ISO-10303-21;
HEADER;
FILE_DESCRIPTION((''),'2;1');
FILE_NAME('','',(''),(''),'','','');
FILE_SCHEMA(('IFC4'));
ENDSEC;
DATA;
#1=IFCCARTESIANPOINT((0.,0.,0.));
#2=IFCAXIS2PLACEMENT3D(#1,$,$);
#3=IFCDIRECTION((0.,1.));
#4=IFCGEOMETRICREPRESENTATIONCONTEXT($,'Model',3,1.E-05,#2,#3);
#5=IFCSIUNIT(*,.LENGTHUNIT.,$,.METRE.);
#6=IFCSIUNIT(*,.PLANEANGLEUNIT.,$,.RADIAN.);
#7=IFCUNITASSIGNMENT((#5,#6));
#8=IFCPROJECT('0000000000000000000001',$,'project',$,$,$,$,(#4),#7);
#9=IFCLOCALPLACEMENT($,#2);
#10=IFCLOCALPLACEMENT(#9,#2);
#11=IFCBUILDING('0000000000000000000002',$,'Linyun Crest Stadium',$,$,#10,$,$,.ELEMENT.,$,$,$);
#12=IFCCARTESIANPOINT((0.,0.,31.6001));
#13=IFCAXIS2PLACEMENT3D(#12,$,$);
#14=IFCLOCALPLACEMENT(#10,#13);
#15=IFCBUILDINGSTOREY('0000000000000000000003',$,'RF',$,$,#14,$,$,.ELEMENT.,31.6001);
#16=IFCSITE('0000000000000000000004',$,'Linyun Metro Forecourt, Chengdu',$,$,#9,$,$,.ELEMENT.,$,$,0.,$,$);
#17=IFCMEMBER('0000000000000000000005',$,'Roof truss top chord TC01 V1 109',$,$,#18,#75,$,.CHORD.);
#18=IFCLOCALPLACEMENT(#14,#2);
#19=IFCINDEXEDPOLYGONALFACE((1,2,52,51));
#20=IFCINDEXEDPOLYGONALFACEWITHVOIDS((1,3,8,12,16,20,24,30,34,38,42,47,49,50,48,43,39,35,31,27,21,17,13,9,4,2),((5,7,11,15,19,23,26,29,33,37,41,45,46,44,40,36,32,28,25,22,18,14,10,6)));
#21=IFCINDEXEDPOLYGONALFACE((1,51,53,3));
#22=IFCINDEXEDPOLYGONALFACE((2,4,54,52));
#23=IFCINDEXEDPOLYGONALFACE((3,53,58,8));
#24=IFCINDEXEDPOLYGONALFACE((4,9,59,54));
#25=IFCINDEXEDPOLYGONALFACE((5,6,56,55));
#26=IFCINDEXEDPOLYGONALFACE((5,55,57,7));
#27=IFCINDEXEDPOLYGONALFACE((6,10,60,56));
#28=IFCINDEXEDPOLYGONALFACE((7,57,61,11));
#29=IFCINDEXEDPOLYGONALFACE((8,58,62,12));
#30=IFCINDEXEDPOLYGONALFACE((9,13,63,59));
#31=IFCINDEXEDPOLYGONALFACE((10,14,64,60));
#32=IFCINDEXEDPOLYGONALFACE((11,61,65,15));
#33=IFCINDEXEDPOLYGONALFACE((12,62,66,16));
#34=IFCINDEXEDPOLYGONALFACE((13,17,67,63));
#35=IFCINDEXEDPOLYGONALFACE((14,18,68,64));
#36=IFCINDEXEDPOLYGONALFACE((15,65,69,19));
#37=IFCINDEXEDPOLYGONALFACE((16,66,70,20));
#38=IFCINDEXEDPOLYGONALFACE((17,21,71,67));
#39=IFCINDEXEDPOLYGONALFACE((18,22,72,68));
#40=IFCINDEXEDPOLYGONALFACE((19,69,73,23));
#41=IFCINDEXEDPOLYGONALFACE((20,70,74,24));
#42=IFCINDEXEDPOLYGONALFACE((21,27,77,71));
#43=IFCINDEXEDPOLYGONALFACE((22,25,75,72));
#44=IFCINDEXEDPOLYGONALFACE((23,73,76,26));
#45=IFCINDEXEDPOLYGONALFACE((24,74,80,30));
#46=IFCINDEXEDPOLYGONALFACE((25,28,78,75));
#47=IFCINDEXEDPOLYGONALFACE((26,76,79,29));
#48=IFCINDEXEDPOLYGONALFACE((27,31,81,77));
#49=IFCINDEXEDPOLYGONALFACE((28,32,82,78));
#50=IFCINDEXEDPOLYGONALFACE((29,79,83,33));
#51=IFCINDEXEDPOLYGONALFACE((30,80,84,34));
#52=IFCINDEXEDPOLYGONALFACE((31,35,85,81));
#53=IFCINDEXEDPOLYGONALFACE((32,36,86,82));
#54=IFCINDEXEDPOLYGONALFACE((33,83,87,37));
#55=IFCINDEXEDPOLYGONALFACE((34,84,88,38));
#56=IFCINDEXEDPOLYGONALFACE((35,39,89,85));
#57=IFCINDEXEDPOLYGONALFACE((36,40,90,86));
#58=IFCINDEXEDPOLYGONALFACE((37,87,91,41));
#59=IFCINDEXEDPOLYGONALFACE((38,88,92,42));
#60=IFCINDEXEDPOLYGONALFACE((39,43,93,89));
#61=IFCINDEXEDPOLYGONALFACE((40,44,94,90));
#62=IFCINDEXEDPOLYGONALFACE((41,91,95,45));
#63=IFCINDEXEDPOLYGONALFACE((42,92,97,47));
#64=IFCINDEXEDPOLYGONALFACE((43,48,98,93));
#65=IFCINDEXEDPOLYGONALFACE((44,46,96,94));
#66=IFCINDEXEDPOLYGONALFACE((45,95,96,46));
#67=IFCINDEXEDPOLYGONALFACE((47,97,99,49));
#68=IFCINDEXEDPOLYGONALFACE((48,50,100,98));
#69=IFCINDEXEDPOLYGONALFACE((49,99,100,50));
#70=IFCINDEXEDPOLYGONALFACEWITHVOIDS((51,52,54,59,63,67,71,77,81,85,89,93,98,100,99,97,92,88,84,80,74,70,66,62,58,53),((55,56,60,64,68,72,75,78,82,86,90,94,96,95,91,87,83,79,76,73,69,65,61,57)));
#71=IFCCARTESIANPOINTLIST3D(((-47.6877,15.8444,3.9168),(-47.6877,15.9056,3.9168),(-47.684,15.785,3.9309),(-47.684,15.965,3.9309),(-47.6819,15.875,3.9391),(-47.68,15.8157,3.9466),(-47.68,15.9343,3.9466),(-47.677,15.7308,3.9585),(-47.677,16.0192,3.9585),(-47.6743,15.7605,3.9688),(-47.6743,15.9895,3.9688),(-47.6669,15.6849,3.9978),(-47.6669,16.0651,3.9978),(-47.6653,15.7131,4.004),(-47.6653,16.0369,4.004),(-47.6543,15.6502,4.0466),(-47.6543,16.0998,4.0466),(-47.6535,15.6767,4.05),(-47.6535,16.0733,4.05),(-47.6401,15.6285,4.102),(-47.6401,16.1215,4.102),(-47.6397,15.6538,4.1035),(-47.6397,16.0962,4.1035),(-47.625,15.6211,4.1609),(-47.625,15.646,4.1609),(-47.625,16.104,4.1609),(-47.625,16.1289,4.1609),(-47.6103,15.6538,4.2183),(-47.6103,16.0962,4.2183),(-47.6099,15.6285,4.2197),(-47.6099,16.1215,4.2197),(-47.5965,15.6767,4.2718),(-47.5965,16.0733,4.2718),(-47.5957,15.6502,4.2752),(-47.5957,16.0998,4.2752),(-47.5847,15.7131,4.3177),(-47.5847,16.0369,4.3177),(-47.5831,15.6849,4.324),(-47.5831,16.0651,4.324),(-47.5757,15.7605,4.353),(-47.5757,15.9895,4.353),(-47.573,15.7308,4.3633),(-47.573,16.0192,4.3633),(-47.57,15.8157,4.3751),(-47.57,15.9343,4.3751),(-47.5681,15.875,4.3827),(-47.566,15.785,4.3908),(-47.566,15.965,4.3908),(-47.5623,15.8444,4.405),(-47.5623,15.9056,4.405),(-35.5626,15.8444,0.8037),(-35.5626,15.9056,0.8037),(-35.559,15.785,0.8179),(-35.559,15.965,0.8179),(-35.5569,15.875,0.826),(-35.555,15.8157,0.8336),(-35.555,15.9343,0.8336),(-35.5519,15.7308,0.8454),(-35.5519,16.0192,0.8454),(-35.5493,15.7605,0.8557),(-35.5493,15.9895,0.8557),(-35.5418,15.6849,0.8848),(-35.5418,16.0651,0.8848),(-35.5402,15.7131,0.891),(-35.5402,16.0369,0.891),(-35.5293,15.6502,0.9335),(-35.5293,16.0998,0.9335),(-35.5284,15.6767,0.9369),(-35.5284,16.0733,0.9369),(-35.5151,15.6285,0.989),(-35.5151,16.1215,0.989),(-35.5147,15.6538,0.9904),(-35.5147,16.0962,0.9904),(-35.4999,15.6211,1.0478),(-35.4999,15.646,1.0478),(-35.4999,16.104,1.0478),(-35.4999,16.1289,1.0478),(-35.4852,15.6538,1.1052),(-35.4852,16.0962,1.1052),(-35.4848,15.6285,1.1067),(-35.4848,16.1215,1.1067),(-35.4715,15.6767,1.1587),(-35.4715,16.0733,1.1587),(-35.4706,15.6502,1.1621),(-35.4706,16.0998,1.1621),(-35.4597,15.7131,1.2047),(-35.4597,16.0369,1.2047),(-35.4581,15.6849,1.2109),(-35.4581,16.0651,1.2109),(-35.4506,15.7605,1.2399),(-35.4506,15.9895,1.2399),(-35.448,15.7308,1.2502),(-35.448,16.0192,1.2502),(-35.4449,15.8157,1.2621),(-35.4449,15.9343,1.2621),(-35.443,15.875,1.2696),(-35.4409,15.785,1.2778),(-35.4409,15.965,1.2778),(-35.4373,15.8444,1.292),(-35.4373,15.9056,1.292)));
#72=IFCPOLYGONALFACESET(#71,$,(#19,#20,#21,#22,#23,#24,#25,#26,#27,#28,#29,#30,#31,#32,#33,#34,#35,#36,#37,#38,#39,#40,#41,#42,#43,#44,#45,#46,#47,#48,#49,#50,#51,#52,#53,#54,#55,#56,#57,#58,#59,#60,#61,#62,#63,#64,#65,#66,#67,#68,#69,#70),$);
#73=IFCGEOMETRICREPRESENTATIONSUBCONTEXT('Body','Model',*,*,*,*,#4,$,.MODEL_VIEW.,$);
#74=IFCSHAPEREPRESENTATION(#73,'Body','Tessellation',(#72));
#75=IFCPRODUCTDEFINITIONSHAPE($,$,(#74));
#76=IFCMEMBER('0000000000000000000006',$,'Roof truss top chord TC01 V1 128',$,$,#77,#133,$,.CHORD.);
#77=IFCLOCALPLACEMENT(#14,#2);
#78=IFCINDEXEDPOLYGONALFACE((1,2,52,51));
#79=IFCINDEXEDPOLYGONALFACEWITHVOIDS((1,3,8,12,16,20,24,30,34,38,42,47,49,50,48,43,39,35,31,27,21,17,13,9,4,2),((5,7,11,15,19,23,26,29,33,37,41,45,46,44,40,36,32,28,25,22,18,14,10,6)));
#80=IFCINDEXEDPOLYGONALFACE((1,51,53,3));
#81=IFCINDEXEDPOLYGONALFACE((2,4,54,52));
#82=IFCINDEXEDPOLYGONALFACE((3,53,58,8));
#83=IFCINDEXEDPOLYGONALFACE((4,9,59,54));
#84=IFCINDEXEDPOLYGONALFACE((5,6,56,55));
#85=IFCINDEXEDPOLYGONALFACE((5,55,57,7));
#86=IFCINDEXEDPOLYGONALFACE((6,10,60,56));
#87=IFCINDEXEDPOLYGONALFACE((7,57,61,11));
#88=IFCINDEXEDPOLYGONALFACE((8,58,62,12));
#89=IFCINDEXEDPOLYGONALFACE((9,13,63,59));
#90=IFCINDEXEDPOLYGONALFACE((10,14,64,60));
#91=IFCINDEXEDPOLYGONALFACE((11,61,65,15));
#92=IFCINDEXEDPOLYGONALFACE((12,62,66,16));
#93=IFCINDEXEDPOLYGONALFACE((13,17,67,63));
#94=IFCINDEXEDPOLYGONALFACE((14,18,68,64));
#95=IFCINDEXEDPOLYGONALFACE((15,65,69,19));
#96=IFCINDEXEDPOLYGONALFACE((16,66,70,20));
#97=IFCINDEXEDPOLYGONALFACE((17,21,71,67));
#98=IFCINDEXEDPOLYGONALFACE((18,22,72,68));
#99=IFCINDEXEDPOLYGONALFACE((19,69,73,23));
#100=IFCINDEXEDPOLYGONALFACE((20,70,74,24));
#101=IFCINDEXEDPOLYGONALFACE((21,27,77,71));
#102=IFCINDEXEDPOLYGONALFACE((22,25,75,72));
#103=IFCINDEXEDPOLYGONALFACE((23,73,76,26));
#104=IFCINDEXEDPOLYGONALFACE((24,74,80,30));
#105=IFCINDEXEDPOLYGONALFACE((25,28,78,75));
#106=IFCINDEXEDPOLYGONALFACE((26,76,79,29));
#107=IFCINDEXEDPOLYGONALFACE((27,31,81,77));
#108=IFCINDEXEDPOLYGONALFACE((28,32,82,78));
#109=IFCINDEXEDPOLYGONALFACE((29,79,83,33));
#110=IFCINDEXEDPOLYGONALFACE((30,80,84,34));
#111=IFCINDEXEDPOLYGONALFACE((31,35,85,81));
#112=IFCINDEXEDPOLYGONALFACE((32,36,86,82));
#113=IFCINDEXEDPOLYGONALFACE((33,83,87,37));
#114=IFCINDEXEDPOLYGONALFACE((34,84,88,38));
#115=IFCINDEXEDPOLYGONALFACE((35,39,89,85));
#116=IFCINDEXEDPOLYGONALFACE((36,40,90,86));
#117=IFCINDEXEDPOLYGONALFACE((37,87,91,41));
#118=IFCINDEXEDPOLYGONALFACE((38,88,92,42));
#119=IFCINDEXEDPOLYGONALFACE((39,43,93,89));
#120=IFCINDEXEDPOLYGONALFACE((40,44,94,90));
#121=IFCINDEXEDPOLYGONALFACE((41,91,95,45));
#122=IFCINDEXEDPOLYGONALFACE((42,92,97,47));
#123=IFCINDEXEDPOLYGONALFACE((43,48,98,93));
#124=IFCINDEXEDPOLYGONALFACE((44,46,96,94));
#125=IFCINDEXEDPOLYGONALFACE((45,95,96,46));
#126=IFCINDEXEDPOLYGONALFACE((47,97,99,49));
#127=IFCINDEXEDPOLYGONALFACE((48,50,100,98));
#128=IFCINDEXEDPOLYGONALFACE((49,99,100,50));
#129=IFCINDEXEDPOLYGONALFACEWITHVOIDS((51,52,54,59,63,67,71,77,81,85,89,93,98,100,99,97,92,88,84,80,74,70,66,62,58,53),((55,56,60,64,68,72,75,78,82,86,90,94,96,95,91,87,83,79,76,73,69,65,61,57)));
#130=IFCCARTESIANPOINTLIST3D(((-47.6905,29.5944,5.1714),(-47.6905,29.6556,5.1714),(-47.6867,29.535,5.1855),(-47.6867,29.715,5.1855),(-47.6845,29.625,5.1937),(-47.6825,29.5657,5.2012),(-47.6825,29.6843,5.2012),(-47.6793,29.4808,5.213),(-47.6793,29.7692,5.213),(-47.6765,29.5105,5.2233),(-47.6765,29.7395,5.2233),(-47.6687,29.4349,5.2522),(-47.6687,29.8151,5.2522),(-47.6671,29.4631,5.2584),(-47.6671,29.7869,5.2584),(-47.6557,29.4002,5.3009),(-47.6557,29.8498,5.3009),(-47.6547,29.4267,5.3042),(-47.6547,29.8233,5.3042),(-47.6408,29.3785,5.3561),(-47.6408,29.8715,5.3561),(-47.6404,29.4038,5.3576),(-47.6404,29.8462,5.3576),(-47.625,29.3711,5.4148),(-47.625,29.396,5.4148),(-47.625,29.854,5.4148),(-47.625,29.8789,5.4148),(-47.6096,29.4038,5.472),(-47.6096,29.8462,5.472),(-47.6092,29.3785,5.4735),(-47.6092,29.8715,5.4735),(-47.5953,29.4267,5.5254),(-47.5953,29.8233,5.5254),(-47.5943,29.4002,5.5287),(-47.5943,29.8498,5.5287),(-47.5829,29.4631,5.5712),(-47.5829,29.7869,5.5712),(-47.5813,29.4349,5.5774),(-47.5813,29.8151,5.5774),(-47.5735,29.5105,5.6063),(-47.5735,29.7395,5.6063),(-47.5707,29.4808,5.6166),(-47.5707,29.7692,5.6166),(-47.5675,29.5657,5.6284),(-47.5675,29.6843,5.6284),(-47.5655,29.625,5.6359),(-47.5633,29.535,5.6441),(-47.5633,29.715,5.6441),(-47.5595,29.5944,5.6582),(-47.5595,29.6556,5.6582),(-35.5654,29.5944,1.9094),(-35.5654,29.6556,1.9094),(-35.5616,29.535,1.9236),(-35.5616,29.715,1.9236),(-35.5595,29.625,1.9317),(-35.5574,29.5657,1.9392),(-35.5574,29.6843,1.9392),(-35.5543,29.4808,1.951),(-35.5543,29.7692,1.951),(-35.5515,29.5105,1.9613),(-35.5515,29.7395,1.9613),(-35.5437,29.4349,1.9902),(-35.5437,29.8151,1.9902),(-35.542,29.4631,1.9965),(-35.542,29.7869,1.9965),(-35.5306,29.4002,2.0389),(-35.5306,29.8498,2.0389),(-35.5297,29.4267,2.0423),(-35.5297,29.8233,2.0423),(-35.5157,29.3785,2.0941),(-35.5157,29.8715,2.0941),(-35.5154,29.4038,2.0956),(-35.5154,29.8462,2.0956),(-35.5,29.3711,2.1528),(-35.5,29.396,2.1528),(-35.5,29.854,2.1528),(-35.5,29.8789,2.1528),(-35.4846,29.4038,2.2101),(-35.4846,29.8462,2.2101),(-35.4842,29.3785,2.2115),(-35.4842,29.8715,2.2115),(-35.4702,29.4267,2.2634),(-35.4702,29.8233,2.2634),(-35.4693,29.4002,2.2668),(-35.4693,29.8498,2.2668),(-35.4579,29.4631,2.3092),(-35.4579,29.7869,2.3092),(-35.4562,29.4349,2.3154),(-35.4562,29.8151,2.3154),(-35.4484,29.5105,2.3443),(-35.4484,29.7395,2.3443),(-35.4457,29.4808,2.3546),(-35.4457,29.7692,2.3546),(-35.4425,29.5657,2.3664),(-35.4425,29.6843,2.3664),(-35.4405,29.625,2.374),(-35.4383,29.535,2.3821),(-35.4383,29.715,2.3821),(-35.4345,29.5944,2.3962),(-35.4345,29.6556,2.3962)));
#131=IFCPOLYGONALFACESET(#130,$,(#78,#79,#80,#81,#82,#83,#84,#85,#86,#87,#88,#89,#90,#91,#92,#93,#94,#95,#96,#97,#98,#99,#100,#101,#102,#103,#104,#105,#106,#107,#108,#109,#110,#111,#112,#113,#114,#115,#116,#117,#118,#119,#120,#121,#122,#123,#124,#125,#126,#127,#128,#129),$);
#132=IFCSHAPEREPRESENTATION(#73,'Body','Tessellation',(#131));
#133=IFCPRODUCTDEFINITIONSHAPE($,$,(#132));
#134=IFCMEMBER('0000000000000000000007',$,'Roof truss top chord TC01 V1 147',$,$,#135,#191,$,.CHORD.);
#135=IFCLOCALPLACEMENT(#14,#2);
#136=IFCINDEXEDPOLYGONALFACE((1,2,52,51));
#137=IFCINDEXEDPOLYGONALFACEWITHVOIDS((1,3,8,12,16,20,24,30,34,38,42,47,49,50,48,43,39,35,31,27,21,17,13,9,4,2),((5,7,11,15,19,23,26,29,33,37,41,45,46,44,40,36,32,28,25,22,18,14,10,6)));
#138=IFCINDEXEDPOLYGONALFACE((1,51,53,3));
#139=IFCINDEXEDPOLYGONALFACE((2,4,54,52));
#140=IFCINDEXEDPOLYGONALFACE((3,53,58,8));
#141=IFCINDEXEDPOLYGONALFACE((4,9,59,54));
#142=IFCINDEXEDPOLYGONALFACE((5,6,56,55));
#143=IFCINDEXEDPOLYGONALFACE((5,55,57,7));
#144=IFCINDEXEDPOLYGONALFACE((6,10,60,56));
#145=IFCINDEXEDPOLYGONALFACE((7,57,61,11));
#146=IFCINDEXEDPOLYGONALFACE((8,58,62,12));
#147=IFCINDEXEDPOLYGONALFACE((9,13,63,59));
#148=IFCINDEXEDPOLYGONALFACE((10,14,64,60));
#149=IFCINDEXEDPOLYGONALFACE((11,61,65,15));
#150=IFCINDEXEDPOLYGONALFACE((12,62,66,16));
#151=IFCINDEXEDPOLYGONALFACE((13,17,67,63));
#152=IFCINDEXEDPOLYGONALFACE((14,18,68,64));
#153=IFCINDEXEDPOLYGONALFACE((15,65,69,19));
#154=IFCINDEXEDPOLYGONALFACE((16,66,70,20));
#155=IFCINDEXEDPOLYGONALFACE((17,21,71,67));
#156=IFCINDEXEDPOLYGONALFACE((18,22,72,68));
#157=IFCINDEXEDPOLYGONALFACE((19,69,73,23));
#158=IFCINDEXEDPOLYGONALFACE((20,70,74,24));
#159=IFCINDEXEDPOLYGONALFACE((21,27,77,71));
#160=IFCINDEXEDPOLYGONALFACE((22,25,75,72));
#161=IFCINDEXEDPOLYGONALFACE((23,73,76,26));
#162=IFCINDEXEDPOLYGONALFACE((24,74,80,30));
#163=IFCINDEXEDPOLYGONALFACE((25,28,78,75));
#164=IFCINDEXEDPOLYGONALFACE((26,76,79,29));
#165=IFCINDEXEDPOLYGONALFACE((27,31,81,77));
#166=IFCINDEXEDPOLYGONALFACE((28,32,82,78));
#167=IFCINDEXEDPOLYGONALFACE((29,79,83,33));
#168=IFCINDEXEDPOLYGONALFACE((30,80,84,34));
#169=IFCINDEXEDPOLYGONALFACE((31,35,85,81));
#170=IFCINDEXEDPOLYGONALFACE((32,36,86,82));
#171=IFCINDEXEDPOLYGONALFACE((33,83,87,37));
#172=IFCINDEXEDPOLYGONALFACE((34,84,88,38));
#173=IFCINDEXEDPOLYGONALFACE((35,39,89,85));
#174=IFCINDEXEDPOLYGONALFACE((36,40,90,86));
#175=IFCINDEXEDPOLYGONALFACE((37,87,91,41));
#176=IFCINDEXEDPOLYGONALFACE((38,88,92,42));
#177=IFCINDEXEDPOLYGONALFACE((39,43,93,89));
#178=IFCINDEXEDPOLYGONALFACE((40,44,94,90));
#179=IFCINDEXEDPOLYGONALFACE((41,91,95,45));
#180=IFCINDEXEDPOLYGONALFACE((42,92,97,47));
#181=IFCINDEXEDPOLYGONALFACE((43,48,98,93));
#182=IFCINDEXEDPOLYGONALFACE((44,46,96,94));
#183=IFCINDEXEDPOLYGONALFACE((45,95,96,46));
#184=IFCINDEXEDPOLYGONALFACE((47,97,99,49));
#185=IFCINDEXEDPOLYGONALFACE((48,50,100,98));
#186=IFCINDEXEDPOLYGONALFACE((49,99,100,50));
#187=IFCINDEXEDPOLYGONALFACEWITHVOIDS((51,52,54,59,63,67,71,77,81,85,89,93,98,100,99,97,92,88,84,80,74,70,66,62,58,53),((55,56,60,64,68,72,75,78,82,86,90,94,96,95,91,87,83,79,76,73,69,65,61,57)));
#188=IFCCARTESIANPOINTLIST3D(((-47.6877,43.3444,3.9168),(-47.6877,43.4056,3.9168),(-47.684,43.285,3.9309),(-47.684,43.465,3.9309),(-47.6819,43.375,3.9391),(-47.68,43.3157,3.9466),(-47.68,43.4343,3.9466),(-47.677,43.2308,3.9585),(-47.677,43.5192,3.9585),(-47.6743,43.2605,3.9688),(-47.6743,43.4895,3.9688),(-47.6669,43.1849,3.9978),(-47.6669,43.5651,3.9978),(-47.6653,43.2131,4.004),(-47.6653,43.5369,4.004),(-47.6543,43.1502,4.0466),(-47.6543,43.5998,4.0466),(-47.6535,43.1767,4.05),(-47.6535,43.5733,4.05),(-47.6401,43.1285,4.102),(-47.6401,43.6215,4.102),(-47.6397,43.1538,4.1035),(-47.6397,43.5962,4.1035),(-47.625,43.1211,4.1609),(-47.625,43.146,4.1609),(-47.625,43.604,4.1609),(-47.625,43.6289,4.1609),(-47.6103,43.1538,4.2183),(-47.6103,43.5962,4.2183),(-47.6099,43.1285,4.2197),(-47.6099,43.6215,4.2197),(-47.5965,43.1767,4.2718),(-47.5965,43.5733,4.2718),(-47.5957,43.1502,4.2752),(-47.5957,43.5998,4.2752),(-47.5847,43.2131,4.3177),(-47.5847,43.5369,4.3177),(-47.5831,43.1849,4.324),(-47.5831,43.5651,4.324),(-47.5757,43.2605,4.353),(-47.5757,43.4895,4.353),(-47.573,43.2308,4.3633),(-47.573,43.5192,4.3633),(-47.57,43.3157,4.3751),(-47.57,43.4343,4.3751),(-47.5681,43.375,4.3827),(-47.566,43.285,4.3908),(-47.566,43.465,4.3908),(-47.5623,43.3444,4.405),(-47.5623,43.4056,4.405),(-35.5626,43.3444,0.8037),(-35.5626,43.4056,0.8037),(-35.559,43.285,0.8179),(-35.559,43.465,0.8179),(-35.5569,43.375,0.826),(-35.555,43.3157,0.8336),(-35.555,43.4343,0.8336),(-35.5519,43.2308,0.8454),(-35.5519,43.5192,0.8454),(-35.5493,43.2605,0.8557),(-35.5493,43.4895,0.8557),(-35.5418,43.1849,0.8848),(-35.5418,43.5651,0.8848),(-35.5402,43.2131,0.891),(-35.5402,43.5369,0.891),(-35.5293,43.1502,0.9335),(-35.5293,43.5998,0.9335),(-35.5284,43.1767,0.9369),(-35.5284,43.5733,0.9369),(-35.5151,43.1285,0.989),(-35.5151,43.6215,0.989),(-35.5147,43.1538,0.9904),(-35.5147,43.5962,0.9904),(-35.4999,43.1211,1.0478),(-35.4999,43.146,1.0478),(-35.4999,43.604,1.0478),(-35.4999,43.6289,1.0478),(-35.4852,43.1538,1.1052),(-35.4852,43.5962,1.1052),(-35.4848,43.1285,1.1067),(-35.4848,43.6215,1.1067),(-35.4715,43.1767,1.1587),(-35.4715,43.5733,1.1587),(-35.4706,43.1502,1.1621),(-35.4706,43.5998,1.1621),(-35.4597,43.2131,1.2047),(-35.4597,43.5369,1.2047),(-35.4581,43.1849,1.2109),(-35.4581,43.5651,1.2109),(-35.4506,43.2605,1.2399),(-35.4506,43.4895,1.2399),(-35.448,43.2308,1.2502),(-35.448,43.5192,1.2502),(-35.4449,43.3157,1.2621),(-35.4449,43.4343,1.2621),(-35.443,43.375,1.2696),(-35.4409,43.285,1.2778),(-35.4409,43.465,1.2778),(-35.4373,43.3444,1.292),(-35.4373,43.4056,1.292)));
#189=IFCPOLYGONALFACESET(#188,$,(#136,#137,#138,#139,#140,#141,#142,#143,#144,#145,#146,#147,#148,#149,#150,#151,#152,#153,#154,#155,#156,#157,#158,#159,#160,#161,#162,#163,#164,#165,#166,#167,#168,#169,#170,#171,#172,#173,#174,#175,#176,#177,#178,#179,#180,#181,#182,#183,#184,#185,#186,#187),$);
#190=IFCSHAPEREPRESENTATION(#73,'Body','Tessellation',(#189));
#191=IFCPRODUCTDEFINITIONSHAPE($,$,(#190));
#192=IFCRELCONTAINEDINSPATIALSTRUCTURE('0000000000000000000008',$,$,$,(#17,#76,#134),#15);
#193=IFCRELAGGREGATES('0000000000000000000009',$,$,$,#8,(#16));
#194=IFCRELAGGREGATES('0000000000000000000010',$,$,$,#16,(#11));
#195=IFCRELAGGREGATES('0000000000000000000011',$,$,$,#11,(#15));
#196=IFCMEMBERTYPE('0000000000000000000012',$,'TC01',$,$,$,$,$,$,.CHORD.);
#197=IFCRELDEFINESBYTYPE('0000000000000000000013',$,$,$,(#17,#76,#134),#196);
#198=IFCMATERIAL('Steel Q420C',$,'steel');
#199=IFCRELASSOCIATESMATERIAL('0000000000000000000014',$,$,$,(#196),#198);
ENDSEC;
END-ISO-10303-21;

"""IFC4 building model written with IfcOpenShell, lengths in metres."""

from ifc_helpers import new_model, si_unit, direction, frame, origin, origin_2d, place, context, subcontext, project, spatial, hollow_circle, extrude, material, material_profile, profile_set, type_object, element, save


model = new_model("IFC4")

# Units and contexts
model_context = context("Model", 3, precision=1e-05, world=origin(), true_north=direction((0.0, 1.0)))
body_context = subcontext(model_context, "Body", "Model", "MODEL_VIEW")
ifc_project = project(units=[si_unit("LENGTHUNIT", "METRE"), si_unit("PLANEANGLEUNIT", "RADIAN")], contexts=[model_context])

# Site, building, storey
site_placement = place(None, origin())
site = spatial("IfcSite", under=ifc_project, at=site_placement, Name="Linyun Metro Forecourt, Chengdu", CompositionType="ELEMENT", RefElevation=0.0)
building_placement = place(site_placement, origin())
building = spatial("IfcBuilding", under=site, at=building_placement, Name="Linyun Crest Stadium", CompositionType="ELEMENT")
storey_placement = place(building_placement, frame((0.0, 0.0, 31.6001)))
storey = spatial("IfcBuildingStorey", under=building, at=storey_placement, Name="RF", CompositionType="ELEMENT", Elevation=31.6001)

# Members
ifc_material_1 = material(Name="Steel Q420C", Category="steel")
ifc_material_profile_1 = material_profile(ifc_material_1, hollow_circle(Radius=0.2539, WallThickness=0.0249, at=origin_2d()), Name="CHS 508x25")
ifc_profile_set_1 = profile_set([ifc_material_profile_1], Name="Steel Q420C")
member_type_1 = type_object("IfcMemberType", Name="TC01", PredefinedType="CHORD", material=ifc_profile_set_1)
member_1_placement = place(storey_placement, frame((-47.625, 15.875, 4.1609), z_axis=(0.968586, 0.0, -0.24868), x_axis=(0.0, 1.0, 0.0)))
element("IfcMember", 1, at=member_1_placement, inside=storey, type_object=member_type_1, Name="Roof truss top chord TC01 V1 109", PredefinedType="CHORD", context=body_context, shape_type="SweptSolid", body=[
    extrude(hollow_circle(Radius=0.2539, WallThickness=0.0249, at=origin_2d()), origin(), (0.0, 0.0, 1.0), 12.5183),
])
member_2_placement = place(storey_placement, frame((-47.625, 29.625, 5.4148), z_axis=(0.965665, 0.0, -0.259791), x_axis=(0.0, 1.0, 0.0)))
element("IfcMember", 2, at=member_2_placement, inside=storey, type_object=member_type_1, Name="Roof truss top chord TC01 V1 128", PredefinedType="CHORD", context=body_context, shape_type="SweptSolid", body=[
    extrude(hollow_circle(Radius=0.2539, WallThickness=0.0249, at=origin_2d()), origin(), (0.0, 0.0, 1.0), 12.5562),
])
member_3_placement = place(storey_placement, frame((-47.625, 43.375, 4.1609), z_axis=(0.968586, 0.0, -0.24868), x_axis=(0.0, 1.0, 0.0)))
element("IfcMember", 3, at=member_3_placement, inside=storey, type_object=member_type_1, Name="Roof truss top chord TC01 V1 147", PredefinedType="CHORD", context=body_context, shape_type="SweptSolid", body=[
    extrude(hollow_circle(Radius=0.2539, WallThickness=0.0249, at=origin_2d()), origin(), (0.0, 0.0, 1.0), 12.5183),
])

save(model, "model.ifc")
